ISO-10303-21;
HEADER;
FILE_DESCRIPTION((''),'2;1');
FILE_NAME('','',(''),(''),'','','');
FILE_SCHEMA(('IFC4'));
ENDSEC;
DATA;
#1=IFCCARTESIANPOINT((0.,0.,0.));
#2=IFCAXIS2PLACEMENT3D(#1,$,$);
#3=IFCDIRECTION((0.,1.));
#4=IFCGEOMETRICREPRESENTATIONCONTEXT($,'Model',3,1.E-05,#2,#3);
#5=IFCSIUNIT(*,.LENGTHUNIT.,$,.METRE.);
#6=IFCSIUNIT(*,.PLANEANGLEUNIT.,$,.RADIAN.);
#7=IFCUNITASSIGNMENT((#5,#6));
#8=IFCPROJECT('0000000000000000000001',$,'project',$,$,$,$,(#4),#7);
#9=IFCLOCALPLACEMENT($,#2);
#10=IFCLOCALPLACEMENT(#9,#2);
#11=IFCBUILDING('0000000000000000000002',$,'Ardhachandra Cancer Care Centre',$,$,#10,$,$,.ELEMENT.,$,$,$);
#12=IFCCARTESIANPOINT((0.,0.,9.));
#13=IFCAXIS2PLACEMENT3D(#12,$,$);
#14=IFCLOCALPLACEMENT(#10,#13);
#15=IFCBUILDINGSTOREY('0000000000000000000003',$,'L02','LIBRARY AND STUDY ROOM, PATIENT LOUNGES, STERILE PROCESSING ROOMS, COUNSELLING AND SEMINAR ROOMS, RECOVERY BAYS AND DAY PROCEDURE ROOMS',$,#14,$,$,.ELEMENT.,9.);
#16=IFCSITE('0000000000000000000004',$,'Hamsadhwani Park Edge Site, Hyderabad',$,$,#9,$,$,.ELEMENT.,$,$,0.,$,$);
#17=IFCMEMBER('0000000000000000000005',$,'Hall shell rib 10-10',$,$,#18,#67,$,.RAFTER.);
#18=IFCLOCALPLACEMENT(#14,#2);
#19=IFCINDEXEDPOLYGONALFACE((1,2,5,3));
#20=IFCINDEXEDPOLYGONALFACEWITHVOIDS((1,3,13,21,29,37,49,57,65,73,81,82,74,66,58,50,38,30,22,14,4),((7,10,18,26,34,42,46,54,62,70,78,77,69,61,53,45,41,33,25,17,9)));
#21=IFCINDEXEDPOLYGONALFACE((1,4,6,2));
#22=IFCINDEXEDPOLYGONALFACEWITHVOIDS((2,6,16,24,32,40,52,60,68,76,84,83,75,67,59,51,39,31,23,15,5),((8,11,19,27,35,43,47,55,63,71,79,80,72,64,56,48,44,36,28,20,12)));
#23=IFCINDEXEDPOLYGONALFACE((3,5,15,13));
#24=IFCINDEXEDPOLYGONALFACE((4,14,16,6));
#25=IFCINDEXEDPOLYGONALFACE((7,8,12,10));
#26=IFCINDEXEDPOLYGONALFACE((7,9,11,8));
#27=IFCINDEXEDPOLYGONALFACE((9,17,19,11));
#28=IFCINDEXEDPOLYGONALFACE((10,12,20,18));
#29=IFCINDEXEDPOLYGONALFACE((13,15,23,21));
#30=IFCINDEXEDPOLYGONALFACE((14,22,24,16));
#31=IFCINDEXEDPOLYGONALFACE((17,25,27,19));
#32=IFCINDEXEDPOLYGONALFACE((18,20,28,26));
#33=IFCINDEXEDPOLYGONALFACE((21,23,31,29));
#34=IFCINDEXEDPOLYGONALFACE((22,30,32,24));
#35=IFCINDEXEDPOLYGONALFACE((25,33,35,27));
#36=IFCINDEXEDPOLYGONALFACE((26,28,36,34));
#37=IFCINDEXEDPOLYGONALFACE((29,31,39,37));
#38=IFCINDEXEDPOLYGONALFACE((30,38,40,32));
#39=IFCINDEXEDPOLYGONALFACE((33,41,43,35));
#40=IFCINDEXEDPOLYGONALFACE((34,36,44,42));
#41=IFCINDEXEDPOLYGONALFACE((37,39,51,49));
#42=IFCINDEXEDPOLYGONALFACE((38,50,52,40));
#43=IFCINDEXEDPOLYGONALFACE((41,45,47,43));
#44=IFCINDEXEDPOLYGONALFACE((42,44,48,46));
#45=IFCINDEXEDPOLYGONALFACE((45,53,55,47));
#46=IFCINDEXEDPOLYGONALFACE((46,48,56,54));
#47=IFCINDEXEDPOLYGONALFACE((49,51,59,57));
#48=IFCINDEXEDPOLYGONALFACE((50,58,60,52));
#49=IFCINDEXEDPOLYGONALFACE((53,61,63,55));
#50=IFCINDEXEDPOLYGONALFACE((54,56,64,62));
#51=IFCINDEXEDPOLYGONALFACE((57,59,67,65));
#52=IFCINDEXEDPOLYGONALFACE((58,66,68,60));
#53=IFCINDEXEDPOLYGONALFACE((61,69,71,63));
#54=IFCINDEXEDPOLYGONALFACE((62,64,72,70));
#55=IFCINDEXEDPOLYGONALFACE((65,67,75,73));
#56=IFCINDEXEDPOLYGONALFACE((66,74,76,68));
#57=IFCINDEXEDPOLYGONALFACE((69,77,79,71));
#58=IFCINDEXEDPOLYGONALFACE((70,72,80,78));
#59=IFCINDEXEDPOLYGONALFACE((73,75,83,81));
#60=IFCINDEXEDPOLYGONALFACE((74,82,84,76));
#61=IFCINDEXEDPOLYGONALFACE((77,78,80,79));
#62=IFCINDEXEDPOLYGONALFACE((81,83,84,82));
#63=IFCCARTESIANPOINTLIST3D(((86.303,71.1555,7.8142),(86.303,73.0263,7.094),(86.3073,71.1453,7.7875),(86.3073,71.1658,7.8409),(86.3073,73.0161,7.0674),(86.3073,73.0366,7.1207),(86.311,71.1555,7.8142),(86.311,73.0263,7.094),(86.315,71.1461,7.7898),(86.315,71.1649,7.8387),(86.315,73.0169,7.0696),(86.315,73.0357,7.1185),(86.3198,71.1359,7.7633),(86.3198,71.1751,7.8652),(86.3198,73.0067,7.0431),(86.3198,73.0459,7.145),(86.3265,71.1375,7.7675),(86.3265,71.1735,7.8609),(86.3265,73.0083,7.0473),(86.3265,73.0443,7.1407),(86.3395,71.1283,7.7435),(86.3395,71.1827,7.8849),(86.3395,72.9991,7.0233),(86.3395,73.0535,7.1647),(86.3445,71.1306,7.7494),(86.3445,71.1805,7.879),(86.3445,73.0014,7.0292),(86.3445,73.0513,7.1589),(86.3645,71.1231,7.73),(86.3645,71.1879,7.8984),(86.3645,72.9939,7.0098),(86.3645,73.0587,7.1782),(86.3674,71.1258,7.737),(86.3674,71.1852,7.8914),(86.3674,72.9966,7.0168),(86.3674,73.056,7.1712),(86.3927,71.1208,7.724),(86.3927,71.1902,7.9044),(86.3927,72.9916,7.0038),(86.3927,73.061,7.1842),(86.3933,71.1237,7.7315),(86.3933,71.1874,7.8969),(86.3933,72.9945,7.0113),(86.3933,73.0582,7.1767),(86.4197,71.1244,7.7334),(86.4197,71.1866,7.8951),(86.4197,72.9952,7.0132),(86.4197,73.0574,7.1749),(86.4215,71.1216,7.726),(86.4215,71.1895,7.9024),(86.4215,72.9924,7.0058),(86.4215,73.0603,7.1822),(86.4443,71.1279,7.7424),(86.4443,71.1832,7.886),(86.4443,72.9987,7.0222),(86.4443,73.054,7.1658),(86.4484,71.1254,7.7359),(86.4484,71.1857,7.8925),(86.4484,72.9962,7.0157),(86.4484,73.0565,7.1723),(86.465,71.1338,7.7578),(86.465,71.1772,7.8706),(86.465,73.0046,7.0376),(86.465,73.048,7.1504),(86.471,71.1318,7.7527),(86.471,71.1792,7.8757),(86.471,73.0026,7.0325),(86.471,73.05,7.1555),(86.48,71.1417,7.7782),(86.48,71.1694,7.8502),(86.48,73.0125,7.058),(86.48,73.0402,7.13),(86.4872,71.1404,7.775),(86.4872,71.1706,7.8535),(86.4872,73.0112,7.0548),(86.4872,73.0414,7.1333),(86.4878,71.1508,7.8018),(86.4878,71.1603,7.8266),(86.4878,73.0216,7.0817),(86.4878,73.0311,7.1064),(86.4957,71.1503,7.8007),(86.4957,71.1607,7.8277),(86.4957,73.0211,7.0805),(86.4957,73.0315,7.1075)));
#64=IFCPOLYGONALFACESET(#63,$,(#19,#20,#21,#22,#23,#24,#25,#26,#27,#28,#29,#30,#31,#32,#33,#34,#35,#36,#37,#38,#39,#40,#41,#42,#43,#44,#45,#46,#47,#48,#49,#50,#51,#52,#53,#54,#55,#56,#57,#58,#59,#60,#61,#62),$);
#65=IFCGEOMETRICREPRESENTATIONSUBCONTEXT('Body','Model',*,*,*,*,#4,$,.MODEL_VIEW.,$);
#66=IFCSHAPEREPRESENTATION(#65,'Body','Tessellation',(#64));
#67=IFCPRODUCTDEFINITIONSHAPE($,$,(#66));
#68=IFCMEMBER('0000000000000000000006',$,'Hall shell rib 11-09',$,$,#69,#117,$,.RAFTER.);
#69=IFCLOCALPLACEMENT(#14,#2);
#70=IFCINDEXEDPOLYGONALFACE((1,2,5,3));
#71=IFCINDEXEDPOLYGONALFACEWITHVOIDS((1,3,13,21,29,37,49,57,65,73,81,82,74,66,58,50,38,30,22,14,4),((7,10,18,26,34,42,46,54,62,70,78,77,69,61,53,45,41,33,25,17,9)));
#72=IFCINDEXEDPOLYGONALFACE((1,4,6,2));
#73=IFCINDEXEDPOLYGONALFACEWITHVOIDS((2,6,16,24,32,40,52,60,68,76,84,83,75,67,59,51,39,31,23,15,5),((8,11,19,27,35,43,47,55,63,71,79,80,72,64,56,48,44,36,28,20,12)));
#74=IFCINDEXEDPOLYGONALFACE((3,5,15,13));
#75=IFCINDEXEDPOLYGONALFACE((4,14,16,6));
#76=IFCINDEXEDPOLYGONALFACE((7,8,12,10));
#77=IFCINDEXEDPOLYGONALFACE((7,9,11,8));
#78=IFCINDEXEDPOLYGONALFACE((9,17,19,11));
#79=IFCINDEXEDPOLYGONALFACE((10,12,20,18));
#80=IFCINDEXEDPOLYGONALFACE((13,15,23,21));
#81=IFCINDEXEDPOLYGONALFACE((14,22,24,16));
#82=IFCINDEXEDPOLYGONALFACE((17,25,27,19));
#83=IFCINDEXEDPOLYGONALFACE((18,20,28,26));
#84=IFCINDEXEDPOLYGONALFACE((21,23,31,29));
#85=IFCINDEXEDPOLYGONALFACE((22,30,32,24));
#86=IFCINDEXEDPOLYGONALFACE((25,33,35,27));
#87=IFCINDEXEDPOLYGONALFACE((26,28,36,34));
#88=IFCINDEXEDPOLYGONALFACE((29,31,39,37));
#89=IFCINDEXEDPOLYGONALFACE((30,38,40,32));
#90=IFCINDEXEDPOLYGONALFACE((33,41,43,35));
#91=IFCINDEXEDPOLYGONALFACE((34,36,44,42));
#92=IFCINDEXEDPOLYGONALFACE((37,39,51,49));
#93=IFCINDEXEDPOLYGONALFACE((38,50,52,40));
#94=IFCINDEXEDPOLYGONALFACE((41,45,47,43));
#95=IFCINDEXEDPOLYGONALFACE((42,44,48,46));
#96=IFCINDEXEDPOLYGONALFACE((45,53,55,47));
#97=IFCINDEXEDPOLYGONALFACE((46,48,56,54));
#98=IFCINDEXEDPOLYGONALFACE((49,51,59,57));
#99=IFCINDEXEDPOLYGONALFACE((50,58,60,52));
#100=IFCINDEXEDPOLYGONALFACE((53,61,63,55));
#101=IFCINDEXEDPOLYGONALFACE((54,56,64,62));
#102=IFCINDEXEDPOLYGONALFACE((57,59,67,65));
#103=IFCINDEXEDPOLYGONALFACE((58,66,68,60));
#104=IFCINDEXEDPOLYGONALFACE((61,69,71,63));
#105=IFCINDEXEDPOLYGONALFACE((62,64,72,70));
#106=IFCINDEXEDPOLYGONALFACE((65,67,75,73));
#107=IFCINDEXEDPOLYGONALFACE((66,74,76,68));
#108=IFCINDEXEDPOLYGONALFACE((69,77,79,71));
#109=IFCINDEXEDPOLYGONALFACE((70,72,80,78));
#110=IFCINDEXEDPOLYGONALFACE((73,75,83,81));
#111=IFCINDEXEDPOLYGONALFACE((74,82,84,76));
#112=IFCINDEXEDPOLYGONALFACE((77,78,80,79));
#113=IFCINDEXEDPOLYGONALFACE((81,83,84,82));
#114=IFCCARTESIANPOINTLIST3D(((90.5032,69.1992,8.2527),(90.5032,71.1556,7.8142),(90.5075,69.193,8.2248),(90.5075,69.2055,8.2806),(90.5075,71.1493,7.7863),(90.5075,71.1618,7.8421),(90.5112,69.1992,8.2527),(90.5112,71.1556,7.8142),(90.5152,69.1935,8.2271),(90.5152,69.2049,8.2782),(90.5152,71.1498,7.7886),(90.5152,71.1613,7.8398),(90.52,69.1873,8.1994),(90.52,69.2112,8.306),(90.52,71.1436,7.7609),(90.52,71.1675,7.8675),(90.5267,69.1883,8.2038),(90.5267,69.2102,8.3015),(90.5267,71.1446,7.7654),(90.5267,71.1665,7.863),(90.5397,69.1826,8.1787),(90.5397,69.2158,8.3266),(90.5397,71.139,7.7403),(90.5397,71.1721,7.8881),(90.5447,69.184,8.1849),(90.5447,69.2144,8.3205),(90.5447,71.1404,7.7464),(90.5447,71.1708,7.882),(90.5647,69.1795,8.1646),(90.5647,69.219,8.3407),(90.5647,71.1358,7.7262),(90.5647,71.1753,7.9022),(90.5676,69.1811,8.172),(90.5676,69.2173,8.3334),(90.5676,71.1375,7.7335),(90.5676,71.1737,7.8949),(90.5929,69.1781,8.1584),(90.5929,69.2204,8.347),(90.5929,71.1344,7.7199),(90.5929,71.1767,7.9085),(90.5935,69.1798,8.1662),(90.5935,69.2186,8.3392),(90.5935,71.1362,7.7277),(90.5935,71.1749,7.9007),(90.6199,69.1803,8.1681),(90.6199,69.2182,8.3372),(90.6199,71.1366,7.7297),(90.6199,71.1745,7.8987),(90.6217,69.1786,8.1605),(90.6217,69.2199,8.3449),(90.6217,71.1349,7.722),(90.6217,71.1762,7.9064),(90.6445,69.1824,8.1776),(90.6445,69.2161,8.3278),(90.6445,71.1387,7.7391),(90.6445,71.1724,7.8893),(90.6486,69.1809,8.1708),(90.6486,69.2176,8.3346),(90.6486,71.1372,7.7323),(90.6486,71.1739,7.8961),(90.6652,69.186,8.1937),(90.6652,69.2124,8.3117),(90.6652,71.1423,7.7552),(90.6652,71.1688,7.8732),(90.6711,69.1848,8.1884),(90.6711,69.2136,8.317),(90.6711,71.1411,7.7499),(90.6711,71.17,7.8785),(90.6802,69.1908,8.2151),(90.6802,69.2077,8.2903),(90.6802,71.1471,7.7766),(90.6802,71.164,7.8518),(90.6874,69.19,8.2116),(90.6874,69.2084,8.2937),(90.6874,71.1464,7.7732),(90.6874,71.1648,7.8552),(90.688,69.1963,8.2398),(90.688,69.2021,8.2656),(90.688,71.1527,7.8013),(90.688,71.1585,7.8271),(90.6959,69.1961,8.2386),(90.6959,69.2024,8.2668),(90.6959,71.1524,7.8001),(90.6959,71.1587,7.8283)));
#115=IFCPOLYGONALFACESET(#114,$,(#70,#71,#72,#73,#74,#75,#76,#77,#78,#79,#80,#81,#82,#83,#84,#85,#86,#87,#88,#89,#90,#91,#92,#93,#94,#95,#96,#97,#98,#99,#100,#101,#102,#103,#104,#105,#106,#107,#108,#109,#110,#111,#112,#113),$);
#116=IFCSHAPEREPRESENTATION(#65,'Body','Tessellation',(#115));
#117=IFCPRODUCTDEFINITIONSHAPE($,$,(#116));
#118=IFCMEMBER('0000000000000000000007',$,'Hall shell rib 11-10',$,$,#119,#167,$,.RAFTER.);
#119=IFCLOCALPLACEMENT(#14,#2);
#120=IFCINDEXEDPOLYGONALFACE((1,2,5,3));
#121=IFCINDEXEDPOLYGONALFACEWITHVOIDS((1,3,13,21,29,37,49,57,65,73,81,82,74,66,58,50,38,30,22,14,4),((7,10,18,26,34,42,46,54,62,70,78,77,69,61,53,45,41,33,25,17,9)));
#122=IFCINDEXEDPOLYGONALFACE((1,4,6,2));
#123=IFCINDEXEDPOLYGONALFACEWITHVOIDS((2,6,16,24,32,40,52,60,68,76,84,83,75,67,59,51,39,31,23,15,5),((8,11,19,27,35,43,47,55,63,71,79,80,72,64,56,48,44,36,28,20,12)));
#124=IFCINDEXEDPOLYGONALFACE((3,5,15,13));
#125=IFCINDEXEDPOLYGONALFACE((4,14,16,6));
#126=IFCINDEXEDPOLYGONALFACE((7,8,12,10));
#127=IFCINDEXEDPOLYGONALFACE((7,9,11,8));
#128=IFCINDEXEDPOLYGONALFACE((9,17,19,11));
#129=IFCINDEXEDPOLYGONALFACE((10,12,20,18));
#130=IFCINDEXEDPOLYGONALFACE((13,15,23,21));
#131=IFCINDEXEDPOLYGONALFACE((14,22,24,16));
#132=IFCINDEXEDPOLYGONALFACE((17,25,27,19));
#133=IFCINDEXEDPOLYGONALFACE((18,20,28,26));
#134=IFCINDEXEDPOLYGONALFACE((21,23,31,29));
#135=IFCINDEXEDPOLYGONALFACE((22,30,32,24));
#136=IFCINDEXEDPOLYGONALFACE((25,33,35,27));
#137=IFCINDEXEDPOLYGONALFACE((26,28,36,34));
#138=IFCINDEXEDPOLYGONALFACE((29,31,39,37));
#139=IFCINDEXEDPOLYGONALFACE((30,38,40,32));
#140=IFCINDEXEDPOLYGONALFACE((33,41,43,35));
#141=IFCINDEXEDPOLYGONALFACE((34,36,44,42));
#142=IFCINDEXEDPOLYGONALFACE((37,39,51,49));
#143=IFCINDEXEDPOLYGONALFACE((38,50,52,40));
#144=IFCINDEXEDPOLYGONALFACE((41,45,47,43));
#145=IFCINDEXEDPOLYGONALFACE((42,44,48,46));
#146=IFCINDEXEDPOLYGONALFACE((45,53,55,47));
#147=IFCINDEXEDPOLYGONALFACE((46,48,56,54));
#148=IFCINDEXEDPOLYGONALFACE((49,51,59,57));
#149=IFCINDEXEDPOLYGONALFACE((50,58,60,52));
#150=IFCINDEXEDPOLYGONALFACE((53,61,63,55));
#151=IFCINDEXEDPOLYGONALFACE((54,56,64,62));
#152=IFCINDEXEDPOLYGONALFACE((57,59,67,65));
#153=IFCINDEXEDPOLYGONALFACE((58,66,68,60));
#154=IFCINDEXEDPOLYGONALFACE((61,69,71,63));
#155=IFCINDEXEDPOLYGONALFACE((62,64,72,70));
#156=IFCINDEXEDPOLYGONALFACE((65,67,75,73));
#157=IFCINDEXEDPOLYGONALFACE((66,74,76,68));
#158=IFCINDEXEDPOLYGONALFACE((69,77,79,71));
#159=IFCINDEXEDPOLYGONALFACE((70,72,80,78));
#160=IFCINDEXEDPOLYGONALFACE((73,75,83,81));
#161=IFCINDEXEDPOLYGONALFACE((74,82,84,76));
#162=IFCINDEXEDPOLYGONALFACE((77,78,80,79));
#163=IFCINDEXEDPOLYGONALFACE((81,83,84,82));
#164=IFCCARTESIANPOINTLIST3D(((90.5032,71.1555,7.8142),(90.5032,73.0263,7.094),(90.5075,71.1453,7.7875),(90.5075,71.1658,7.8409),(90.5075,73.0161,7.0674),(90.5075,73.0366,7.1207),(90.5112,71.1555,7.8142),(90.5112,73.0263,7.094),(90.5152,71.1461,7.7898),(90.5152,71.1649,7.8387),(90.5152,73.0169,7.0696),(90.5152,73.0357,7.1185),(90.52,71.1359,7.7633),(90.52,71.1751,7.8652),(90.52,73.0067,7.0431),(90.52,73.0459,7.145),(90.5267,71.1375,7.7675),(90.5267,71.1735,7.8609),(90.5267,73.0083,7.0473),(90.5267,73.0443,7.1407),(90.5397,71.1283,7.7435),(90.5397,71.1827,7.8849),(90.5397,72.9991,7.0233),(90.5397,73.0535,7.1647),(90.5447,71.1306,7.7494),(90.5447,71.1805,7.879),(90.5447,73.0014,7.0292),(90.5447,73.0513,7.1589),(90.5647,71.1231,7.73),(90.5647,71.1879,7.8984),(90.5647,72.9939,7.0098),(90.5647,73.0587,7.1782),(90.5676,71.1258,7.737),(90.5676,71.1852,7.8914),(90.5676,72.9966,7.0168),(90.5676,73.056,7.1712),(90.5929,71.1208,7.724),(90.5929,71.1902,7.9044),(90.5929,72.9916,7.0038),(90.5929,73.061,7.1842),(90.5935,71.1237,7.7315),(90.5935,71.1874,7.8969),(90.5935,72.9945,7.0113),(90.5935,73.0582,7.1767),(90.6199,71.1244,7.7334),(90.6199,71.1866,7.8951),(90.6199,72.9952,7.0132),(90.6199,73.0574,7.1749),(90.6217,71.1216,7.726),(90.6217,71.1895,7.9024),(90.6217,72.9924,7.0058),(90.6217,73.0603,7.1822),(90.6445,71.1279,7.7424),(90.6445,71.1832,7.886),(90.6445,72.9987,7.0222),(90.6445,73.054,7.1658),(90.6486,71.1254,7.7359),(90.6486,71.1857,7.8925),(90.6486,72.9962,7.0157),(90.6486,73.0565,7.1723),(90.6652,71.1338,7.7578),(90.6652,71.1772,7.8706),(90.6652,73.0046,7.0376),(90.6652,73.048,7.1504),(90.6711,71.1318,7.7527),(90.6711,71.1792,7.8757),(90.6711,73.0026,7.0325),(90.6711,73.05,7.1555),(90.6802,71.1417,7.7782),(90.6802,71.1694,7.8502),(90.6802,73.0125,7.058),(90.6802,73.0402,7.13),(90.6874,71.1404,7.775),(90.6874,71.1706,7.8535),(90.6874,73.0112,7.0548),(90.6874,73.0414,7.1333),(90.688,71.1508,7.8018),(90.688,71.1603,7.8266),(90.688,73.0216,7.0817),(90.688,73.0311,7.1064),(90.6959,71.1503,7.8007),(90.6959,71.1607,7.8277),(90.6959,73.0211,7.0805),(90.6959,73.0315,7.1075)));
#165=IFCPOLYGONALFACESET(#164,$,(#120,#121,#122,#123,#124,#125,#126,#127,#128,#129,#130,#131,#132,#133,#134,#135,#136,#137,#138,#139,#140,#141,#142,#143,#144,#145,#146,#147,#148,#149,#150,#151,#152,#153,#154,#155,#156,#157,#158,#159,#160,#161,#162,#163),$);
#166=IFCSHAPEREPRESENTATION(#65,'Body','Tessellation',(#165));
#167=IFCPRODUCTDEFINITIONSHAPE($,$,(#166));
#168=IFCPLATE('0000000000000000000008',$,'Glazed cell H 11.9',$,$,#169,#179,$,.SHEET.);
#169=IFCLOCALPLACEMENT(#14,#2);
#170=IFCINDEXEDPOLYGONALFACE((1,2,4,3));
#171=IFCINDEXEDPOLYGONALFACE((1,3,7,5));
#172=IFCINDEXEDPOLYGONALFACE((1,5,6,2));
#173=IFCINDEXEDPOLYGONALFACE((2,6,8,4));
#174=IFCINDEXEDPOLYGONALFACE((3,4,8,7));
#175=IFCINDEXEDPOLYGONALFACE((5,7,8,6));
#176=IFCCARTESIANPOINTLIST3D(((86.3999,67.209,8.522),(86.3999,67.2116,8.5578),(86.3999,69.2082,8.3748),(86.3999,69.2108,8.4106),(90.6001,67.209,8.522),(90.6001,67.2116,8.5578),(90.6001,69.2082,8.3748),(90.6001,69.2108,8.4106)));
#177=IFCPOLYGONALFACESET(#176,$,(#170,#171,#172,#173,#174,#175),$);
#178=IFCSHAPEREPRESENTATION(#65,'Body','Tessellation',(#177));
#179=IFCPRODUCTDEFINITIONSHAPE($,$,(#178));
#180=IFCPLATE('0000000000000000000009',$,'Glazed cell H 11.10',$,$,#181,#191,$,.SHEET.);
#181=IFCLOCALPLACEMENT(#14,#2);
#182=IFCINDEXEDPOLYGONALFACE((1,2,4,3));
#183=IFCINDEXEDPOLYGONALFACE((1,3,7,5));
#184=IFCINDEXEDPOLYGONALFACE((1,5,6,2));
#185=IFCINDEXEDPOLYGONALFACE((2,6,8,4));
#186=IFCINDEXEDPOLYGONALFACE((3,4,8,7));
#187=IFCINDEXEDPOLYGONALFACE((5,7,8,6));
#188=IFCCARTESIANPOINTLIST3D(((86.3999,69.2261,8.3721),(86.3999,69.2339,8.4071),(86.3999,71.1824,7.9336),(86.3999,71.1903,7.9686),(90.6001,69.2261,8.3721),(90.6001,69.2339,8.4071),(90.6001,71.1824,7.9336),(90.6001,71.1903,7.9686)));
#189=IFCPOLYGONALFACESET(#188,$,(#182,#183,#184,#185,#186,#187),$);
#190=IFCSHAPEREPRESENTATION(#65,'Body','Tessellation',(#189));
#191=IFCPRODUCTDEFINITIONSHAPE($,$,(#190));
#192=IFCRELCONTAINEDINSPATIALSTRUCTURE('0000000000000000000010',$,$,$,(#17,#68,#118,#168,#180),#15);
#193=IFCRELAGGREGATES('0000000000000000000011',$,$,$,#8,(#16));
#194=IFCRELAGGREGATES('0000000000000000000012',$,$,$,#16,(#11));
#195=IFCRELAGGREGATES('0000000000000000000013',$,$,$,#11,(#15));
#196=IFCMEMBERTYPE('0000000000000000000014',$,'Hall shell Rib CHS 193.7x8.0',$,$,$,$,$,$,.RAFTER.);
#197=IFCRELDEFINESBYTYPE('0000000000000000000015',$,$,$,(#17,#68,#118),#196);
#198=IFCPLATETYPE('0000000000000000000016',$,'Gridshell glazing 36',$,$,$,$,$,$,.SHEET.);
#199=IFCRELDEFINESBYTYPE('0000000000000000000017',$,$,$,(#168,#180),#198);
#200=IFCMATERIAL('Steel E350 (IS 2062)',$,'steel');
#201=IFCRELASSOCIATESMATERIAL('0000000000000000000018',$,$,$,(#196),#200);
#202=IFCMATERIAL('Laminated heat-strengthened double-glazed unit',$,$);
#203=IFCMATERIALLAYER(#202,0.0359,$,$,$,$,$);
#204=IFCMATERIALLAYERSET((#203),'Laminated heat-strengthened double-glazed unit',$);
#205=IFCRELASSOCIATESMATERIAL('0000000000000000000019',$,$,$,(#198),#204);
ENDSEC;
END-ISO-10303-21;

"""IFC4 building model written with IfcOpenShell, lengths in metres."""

from ifc_helpers import new_model, si_unit, direction, frame, origin, origin_2d, place, context, subcontext, project, spatial, polyline, hollow_circle, outline, extrude, material, layer, layer_set, material_profile, profile_set, type_object, element, save


model = new_model("IFC4")

# Units and contexts
model_context = context("Model", 3, precision=1e-05, world=origin(), true_north=direction((0.0, 1.0)))
body_context = subcontext(model_context, "Body", "Model", "MODEL_VIEW")
ifc_project = project(units=[si_unit("LENGTHUNIT", "METRE"), si_unit("PLANEANGLEUNIT", "RADIAN")], contexts=[model_context])

# Site, building, storey
site_placement = place(None, origin())
site = spatial("IfcSite", under=ifc_project, at=site_placement, Name="Hamsadhwani Park Edge Site, Hyderabad", CompositionType="ELEMENT", RefElevation=0.0)
building_placement = place(site_placement, origin())
building = spatial("IfcBuilding", under=site, at=building_placement, Name="Ardhachandra Cancer Care Centre", CompositionType="ELEMENT")
storey_placement = place(building_placement, frame((0.0, 0.0, 9.0)))
storey = spatial("IfcBuildingStorey", under=building, at=storey_placement, Name="L02", Description="LIBRARY AND STUDY ROOM, PATIENT LOUNGES, STERILE PROCESSING ROOMS, COUNSELLING AND SEMINAR ROOMS, RECOVERY BAYS AND DAY PROCEDURE ROOMS", CompositionType="ELEMENT", Elevation=9.0)

# Members
ifc_material_1 = material(Name="Steel E350 (IS 2062)", Category="steel")
ifc_material_profile_1 = material_profile(ifc_material_1, hollow_circle(Radius=0.0969, WallThickness=0.0081, at=origin_2d()), Name="CHS 193.7x8.0")
ifc_profile_set_1 = profile_set([ifc_material_profile_1], Name="Steel E350 (IS 2062)")
member_type_1 = type_object("IfcMemberType", Name="Hall shell Rib CHS 193.7x8.0", PredefinedType="RAFTER", material=ifc_profile_set_1)
member_1_placement = place(storey_placement, frame((86.3999, 71.1555, 7.8142), z_axis=(0.0, 0.933236, -0.359265), x_axis=(-1.0, 0.0, 0.0)))
element("IfcMember", 1, at=member_1_placement, inside=storey, type_object=member_type_1, Name="Hall shell rib 10-10", PredefinedType="RAFTER", context=body_context, shape_type="SweptSolid", body=[
    extrude(hollow_circle(Radius=0.0969, WallThickness=0.0081, at=origin_2d()), origin(), (0.0, 0.0, 1.0), 2.0046),
])
member_2_placement = place(storey_placement, frame((90.6001, 69.1992, 8.2527), z_axis=(0.0, 0.97579, -0.218709), x_axis=(-1.0, 0.0, 0.0)))
element("IfcMember", 2, at=member_2_placement, inside=storey, type_object=member_type_1, Name="Hall shell rib 11-09", PredefinedType="RAFTER", context=body_context, shape_type="SweptSolid", body=[
    extrude(hollow_circle(Radius=0.0969, WallThickness=0.0081, at=origin_2d()), origin(), (0.0, 0.0, 1.0), 2.0049),
])
member_3_placement = place(storey_placement, frame((90.6001, 71.1555, 7.8142), z_axis=(0.0, 0.933236, -0.359265), x_axis=(-1.0, 0.0, 0.0)))
element("IfcMember", 3, at=member_3_placement, inside=storey, type_object=member_type_1, Name="Hall shell rib 11-10", PredefinedType="RAFTER", context=body_context, shape_type="SweptSolid", body=[
    extrude(hollow_circle(Radius=0.0969, WallThickness=0.0081, at=origin_2d()), origin(), (0.0, 0.0, 1.0), 2.0046),
])

# Plates
ifc_material_2 = material(Name="Laminated heat-strengthened double-glazed unit")
ifc_layer_1 = layer(ifc_material_2, 0.0359)
ifc_layer_set_1 = layer_set([ifc_layer_1], Name="Laminated heat-strengthened double-glazed unit")
plate_type_1 = type_object("IfcPlateType", Name="Gridshell glazing 36", PredefinedType="SHEET", material=ifc_layer_set_1)
plate_1_placement = place(storey_placement, frame((86.3999, 67.209, 8.522), z_axis=(0.0, 0.073437, 0.9973), x_axis=(1.0, 0.0, 0.0)))
element("IfcPlate", 4, at=plate_1_placement, inside=storey, type_object=plate_type_1, Name="Glazed cell H 11.9", PredefinedType="SHEET", context=body_context, shape_type="SweptSolid", body=[
    extrude(outline(polyline([(0.0, 0.0), (4.2002, 0.0), (4.2002, 2.0046), (0.0, 2.0046), (0.0, 0.0)])), origin(), (0.0, 0.0, 1.0), 0.0359),
])
plate_2_placement = place(storey_placement, frame((86.3999, 69.2261, 8.3721), z_axis=(0.0, 0.218709, 0.97579), x_axis=(1.0, 0.0, 0.0)))
element("IfcPlate", 5, at=plate_2_placement, inside=storey, type_object=plate_type_1, Name="Glazed cell H 11.10", PredefinedType="SHEET", context=body_context, shape_type="SweptSolid", body=[
    extrude(outline(polyline([(0.0, 0.0), (4.2002, 0.0), (4.2002, 2.0049), (0.0, 2.0049), (0.0, 0.0)])), origin(), (0.0, 0.0, 1.0), 0.0359),
])

save(model, "model.ifc")
